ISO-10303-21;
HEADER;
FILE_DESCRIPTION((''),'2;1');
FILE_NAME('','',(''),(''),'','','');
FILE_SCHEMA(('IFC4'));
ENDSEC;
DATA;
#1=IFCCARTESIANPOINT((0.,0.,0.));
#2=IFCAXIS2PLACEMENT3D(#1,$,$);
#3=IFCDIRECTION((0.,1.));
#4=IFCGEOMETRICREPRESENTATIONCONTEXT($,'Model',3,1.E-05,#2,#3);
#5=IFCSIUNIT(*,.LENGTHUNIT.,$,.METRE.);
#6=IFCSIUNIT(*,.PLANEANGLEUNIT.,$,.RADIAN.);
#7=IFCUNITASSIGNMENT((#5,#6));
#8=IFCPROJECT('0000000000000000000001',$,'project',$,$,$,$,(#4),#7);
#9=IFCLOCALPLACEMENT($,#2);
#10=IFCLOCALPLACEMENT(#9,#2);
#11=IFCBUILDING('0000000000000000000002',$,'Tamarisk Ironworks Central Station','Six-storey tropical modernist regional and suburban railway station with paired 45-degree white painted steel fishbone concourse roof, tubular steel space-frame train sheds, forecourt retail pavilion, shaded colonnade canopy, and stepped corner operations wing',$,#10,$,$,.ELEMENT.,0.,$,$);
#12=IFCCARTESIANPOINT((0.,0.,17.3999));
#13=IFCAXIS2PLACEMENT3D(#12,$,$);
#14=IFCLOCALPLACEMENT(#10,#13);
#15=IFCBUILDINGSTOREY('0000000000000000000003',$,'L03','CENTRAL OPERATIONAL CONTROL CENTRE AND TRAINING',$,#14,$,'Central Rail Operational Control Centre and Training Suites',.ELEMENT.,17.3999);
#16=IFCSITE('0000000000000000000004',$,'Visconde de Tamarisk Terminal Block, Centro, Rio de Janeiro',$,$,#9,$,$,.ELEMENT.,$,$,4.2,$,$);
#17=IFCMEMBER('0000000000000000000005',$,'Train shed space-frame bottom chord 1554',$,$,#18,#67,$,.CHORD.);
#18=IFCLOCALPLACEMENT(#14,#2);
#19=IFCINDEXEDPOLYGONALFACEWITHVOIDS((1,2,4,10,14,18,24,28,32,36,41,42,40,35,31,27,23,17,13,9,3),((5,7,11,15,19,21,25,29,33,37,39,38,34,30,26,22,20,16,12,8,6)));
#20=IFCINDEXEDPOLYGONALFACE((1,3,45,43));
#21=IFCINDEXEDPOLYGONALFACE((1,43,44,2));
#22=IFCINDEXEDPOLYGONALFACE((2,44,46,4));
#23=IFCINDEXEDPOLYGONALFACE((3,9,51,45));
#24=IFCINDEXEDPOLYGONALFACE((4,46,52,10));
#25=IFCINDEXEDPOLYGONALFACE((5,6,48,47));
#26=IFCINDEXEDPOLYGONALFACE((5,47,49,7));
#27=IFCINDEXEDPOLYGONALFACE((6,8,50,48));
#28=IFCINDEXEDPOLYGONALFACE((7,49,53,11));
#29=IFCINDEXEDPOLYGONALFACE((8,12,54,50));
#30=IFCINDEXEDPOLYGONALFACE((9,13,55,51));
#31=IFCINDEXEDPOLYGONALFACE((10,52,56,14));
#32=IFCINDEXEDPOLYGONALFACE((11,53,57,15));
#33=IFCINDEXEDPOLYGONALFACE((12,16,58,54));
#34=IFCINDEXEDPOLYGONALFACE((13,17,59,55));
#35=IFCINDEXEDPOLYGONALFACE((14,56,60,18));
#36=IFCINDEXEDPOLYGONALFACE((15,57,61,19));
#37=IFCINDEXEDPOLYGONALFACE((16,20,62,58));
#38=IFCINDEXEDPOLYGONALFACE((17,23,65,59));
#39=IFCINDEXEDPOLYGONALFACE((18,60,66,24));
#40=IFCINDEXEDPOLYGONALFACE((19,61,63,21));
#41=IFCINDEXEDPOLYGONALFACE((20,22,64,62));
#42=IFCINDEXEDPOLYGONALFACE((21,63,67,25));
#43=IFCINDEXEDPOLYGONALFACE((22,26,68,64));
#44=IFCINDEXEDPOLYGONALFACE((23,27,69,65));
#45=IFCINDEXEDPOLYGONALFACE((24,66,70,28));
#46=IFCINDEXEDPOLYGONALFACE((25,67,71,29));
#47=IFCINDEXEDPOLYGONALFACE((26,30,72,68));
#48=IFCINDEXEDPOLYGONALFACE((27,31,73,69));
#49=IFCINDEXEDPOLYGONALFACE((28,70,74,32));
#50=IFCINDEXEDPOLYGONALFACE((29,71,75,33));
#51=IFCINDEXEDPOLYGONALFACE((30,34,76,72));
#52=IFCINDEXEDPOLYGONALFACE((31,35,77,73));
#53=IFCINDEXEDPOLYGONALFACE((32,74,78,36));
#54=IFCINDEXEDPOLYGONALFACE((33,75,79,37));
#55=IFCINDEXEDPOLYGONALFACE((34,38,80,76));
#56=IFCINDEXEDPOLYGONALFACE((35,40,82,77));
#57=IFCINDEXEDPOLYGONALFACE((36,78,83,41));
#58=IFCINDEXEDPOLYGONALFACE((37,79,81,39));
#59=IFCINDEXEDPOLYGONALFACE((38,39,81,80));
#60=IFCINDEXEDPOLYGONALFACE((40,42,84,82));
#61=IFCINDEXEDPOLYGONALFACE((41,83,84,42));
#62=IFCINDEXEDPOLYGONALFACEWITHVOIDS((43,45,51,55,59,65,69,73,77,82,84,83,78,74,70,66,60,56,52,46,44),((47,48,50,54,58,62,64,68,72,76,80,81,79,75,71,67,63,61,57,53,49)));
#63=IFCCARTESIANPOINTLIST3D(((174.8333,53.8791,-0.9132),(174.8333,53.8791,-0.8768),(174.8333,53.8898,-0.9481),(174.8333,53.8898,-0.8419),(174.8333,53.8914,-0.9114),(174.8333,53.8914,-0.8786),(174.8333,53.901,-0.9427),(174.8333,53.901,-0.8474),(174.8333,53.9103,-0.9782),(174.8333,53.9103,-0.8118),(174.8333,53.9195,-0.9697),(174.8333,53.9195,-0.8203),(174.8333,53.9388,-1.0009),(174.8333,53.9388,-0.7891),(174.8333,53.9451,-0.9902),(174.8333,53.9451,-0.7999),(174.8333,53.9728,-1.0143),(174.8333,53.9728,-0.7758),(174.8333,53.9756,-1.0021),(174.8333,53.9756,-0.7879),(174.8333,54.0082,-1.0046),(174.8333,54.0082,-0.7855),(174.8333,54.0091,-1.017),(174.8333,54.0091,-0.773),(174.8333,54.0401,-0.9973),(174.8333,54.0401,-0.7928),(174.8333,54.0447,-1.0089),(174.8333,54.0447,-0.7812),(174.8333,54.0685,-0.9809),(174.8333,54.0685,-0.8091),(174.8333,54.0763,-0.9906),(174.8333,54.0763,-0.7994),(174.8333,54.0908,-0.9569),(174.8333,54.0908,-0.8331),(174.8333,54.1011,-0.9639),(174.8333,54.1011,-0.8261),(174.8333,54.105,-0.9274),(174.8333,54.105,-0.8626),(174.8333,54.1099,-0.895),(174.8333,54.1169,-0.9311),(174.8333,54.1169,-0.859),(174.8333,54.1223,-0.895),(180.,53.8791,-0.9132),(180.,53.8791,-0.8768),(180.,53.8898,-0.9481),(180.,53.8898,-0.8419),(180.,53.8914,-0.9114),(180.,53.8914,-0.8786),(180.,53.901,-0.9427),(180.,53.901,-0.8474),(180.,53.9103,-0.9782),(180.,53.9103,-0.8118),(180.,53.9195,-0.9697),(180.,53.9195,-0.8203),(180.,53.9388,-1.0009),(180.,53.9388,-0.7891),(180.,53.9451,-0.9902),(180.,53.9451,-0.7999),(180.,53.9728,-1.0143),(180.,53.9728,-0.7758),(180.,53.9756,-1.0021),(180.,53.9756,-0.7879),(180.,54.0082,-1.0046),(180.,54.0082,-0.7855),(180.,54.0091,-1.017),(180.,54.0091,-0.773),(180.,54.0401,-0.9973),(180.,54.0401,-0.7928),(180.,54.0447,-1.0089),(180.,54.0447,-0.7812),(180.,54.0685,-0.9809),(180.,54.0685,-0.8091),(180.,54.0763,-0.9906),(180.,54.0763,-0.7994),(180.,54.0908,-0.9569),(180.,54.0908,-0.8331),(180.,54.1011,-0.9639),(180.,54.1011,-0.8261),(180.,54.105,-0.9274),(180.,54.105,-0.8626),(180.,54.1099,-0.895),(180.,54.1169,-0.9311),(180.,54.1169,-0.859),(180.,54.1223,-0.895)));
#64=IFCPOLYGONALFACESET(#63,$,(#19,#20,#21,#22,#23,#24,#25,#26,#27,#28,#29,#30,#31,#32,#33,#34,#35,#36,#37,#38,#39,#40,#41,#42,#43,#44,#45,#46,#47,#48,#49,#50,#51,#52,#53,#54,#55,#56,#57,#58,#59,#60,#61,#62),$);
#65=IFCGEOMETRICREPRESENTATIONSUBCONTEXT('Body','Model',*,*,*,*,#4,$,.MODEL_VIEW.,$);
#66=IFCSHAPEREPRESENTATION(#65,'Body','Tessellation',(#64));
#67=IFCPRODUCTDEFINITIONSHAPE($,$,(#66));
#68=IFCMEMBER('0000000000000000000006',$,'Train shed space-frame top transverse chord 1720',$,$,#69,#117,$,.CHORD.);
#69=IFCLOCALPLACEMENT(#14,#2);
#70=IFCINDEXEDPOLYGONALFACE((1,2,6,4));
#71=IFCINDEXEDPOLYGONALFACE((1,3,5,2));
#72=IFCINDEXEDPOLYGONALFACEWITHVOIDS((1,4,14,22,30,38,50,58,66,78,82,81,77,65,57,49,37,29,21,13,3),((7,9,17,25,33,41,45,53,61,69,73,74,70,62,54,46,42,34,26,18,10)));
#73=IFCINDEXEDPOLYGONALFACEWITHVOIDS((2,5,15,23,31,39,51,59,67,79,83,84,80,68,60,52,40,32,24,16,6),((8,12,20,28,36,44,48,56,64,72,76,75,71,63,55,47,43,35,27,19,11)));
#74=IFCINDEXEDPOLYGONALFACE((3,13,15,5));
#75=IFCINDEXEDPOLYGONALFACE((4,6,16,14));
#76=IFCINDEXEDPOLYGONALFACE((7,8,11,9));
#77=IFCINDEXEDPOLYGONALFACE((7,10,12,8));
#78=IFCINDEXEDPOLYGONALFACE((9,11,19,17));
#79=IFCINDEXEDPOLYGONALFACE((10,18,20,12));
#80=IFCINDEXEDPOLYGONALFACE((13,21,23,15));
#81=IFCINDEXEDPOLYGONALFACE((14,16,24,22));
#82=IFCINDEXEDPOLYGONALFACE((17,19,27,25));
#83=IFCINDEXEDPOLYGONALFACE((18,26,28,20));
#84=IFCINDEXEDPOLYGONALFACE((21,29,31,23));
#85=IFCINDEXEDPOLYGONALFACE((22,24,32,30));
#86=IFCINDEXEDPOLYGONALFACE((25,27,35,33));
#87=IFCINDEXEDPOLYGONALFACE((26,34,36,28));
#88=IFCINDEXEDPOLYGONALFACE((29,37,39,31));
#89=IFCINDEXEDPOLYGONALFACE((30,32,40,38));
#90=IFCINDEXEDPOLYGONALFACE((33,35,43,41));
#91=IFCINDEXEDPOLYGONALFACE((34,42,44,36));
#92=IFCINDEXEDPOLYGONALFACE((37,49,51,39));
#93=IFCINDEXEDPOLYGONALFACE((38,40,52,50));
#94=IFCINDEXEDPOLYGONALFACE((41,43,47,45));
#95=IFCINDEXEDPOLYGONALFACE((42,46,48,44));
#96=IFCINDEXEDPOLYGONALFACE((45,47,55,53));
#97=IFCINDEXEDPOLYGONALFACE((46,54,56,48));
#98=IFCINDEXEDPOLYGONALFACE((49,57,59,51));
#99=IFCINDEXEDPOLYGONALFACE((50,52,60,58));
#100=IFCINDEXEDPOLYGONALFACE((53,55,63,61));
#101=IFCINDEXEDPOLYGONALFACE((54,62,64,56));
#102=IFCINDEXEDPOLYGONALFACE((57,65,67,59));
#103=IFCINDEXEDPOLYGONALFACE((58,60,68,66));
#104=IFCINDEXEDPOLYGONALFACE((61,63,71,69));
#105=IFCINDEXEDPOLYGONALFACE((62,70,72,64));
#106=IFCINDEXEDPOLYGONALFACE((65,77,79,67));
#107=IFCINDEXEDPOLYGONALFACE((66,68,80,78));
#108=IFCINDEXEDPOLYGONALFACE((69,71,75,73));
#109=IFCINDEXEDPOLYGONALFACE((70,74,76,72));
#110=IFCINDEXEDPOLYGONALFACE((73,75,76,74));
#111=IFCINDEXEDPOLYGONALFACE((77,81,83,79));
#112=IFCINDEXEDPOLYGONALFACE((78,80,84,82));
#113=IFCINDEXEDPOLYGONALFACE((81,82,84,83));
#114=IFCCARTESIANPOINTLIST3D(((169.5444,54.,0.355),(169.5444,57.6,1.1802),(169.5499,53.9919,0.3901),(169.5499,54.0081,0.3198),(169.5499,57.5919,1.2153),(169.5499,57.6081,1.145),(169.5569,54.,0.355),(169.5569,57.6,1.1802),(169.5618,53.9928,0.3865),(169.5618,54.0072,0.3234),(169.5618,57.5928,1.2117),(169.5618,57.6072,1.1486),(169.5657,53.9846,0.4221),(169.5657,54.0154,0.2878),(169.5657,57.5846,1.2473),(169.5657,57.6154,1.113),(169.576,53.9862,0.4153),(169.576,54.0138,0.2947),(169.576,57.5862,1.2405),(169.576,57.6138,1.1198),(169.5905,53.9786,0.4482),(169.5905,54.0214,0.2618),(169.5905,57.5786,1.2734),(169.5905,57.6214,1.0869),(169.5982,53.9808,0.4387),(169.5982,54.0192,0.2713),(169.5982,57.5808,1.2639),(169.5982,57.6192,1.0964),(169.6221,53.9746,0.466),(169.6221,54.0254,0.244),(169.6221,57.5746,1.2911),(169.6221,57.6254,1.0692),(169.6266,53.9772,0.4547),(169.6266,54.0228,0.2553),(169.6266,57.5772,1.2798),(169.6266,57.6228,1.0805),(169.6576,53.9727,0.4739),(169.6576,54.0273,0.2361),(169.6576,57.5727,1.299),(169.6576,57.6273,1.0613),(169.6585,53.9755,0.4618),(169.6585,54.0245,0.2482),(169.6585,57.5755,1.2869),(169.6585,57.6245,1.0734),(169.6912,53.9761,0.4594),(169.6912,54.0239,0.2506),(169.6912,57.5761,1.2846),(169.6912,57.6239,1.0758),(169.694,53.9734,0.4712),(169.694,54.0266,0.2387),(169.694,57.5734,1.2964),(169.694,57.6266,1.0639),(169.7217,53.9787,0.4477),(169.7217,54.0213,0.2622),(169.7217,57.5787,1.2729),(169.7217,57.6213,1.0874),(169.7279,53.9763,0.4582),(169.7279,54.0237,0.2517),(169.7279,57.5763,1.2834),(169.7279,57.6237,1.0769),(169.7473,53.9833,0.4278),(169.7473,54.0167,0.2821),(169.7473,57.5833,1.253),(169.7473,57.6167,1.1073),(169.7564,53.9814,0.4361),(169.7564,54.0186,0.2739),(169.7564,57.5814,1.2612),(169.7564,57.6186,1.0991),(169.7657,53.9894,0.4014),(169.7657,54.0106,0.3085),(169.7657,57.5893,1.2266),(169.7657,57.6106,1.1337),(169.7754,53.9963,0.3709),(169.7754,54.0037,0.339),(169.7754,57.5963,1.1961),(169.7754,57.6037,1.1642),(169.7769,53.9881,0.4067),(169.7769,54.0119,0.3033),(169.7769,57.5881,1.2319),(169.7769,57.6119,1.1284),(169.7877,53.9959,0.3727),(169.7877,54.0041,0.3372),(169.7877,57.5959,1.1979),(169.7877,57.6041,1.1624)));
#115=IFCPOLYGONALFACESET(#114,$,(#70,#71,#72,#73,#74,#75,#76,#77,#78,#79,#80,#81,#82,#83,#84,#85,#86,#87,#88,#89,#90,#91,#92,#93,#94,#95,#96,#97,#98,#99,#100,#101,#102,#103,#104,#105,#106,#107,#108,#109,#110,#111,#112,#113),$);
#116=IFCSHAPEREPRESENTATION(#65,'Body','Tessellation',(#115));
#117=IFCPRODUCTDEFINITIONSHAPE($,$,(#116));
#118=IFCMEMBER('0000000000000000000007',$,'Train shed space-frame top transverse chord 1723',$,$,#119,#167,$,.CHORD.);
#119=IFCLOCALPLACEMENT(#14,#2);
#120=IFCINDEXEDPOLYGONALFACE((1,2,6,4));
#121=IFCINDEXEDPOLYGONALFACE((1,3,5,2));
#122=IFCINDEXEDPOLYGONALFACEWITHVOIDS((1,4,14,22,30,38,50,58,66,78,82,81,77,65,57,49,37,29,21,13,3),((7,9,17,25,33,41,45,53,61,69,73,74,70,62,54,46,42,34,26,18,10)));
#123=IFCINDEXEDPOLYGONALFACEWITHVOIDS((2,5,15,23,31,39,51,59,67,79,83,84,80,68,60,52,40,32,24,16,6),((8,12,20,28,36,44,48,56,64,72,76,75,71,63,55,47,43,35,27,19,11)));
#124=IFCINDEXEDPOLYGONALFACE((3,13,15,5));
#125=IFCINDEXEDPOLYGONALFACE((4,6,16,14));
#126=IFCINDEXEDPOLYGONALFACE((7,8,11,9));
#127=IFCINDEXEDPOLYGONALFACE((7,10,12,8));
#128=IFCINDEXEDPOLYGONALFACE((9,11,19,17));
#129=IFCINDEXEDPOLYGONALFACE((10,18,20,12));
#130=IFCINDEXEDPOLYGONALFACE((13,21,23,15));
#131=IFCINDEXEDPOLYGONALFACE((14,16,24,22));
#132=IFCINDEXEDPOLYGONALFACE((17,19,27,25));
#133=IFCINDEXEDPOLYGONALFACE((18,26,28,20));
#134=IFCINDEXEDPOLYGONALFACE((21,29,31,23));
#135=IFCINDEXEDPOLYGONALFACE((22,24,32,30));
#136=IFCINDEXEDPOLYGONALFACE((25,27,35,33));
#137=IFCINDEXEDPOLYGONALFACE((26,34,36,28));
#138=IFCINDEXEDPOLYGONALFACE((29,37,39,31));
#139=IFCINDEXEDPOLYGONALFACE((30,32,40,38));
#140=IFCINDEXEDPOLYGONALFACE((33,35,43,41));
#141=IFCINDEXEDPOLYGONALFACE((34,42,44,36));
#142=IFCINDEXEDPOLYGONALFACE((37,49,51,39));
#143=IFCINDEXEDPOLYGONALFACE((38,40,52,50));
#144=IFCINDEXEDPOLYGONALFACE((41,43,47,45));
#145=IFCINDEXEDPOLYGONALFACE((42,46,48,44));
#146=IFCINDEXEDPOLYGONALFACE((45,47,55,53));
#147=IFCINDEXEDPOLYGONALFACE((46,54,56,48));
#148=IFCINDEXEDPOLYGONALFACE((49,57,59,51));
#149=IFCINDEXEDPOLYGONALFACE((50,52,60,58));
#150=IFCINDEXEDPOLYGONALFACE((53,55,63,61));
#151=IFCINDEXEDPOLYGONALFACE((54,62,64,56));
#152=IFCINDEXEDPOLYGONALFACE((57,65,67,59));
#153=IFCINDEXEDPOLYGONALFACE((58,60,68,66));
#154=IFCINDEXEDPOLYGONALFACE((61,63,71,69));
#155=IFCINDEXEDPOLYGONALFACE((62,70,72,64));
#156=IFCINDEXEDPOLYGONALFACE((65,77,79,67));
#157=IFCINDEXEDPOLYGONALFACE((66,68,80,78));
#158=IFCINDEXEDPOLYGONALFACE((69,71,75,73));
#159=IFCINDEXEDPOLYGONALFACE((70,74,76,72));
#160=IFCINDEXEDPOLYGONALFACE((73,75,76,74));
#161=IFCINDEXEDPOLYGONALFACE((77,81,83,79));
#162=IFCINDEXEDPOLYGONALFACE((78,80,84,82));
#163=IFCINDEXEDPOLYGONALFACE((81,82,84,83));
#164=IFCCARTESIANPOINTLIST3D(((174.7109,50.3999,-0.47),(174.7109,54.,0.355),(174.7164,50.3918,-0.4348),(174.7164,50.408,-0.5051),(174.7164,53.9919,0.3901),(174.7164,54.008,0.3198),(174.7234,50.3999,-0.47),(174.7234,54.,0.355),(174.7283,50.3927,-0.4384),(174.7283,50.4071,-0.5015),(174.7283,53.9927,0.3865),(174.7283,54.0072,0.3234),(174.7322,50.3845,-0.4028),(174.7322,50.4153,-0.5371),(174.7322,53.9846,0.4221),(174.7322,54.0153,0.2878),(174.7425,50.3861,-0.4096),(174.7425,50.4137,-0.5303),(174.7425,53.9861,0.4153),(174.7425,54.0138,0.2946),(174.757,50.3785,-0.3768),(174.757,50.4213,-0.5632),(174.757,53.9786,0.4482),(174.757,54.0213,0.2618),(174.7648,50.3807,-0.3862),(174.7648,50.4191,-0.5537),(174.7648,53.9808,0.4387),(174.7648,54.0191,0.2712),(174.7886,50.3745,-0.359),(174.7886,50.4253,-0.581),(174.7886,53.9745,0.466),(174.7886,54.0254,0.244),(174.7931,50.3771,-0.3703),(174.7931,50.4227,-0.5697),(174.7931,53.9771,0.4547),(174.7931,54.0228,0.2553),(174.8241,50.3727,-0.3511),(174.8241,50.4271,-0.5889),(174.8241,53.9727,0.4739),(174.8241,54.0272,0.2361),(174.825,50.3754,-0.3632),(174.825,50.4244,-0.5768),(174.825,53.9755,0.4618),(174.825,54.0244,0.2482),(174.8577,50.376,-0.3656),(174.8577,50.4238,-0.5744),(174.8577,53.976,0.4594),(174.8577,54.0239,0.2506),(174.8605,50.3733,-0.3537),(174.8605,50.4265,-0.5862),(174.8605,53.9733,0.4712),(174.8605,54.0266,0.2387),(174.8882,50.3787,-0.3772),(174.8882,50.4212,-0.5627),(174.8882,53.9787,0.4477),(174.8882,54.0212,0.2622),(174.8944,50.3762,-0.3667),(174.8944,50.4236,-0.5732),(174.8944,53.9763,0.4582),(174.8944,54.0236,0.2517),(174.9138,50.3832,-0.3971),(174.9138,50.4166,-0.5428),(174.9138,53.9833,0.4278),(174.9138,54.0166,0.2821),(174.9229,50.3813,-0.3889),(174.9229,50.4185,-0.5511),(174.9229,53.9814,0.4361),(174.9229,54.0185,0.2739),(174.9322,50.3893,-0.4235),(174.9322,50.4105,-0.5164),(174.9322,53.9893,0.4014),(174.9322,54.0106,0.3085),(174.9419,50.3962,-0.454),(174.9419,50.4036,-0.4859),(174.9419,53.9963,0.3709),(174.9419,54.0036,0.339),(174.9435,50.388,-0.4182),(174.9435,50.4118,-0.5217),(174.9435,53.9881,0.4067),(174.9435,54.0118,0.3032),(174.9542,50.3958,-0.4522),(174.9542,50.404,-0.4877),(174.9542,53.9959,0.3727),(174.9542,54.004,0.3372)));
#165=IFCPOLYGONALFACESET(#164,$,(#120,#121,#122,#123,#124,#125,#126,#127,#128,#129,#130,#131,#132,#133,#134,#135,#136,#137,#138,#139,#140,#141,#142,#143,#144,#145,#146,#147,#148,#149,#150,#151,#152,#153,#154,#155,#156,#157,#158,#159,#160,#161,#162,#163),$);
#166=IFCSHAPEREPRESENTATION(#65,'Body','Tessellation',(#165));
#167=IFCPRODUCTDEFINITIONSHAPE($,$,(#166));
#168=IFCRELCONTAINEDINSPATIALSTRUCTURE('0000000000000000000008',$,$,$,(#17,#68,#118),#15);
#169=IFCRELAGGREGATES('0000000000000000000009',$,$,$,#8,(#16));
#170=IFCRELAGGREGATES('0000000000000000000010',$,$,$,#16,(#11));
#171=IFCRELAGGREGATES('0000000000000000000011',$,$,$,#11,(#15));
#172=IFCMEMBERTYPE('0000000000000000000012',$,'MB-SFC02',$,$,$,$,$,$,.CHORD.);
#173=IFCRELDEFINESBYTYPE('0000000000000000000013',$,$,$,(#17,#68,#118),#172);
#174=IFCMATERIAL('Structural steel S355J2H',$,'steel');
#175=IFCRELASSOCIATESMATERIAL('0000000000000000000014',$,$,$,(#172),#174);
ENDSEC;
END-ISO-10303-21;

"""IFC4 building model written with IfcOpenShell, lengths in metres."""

from ifc_helpers import new_model, si_unit, direction, frame, origin, origin_2d, place, context, subcontext, project, spatial, hollow_circle, extrude, material, material_profile, profile_set, type_object, element, save


model = new_model("IFC4")

# Units and contexts
model_context = context("Model", 3, precision=1e-05, world=origin(), true_north=direction((0.0, 1.0)))
body_context = subcontext(model_context, "Body", "Model", "MODEL_VIEW")
ifc_project = project(units=[si_unit("LENGTHUNIT", "METRE"), si_unit("PLANEANGLEUNIT", "RADIAN")], contexts=[model_context])

# Site, building, storey
site_placement = place(None, origin())
site = spatial("IfcSite", under=ifc_project, at=site_placement, Name="Visconde de Tamarisk Terminal Block, Centro, Rio de Janeiro", CompositionType="ELEMENT", RefElevation=4.2)
building_placement = place(site_placement, origin())
building = spatial("IfcBuilding", under=site, at=building_placement, Name="Tamarisk Ironworks Central Station", Description="Six-storey tropical modernist regional and suburban railway station with paired 45-degree white painted steel fishbone concourse roof, tubular steel space-frame train sheds, forecourt retail pavilion, shaded colonnade canopy, and stepped corner operations wing", CompositionType="ELEMENT", ElevationOfRefHeight=0.0)
storey_placement = place(building_placement, frame((0.0, 0.0, 17.3999)))
storey = spatial("IfcBuildingStorey", under=building, at=storey_placement, Name="L03", Description="CENTRAL OPERATIONAL CONTROL CENTRE AND TRAINING", LongName="Central Rail Operational Control Centre and Training Suites", CompositionType="ELEMENT", Elevation=17.3999)

# Members
ifc_material_1 = material(Name="Structural steel S355J2H", Category="steel")
ifc_material_profile_1 = material_profile(ifc_material_1, hollow_circle(Radius=0.1223, WallThickness=0.0125, at=origin_2d()), Name="CHS 244.5x12.5")
ifc_profile_set_1 = profile_set([ifc_material_profile_1], Name="Structural steel S355J2H")
member_type_1 = type_object("IfcMemberType", Name="MB-SFC02", PredefinedType="CHORD", material=ifc_profile_set_1)
member_1_placement = place(storey_placement, frame((174.8333, 54.0, -0.895), z_axis=(1.0, 0.0, 0.0), x_axis=(0.0, 1.0, 0.0)))
element("IfcMember", 1, at=member_1_placement, inside=storey, type_object=member_type_1, Name="Train shed space-frame bottom chord 1554", PredefinedType="CHORD", context=body_context, shape_type="SweptSolid", body=[
    extrude(hollow_circle(Radius=0.1223, WallThickness=0.0125, at=origin_2d()), origin(), (0.0, 0.0, 1.0), 5.1667),
])
for number, where, z_axis, x_axis, name in (
    (2, (169.6667, 54.0, 0.355), (0.0, 0.974722, 0.223421), (-1.0, 0.0, 0.0), "Train shed space-frame top transverse chord 1720"),
    (3, (174.8333, 50.3999, -0.47), (0.0, 0.974737, 0.223358), (-1.0, 0.0, 0.0), "Train shed space-frame top transverse chord 1723"),
):
    element("IfcMember", number, at=place(storey_placement, frame(where, z_axis=z_axis, x_axis=x_axis)), inside=storey, type_object=member_type_1, Name=name, PredefinedType="CHORD", context=body_context, shape_type="SweptSolid", body=[
        extrude(hollow_circle(Radius=0.1223, WallThickness=0.0125, at=origin_2d()), origin(), (0.0, 0.0, 1.0), 3.6934),
    ])

save(model, "model.ifc")
